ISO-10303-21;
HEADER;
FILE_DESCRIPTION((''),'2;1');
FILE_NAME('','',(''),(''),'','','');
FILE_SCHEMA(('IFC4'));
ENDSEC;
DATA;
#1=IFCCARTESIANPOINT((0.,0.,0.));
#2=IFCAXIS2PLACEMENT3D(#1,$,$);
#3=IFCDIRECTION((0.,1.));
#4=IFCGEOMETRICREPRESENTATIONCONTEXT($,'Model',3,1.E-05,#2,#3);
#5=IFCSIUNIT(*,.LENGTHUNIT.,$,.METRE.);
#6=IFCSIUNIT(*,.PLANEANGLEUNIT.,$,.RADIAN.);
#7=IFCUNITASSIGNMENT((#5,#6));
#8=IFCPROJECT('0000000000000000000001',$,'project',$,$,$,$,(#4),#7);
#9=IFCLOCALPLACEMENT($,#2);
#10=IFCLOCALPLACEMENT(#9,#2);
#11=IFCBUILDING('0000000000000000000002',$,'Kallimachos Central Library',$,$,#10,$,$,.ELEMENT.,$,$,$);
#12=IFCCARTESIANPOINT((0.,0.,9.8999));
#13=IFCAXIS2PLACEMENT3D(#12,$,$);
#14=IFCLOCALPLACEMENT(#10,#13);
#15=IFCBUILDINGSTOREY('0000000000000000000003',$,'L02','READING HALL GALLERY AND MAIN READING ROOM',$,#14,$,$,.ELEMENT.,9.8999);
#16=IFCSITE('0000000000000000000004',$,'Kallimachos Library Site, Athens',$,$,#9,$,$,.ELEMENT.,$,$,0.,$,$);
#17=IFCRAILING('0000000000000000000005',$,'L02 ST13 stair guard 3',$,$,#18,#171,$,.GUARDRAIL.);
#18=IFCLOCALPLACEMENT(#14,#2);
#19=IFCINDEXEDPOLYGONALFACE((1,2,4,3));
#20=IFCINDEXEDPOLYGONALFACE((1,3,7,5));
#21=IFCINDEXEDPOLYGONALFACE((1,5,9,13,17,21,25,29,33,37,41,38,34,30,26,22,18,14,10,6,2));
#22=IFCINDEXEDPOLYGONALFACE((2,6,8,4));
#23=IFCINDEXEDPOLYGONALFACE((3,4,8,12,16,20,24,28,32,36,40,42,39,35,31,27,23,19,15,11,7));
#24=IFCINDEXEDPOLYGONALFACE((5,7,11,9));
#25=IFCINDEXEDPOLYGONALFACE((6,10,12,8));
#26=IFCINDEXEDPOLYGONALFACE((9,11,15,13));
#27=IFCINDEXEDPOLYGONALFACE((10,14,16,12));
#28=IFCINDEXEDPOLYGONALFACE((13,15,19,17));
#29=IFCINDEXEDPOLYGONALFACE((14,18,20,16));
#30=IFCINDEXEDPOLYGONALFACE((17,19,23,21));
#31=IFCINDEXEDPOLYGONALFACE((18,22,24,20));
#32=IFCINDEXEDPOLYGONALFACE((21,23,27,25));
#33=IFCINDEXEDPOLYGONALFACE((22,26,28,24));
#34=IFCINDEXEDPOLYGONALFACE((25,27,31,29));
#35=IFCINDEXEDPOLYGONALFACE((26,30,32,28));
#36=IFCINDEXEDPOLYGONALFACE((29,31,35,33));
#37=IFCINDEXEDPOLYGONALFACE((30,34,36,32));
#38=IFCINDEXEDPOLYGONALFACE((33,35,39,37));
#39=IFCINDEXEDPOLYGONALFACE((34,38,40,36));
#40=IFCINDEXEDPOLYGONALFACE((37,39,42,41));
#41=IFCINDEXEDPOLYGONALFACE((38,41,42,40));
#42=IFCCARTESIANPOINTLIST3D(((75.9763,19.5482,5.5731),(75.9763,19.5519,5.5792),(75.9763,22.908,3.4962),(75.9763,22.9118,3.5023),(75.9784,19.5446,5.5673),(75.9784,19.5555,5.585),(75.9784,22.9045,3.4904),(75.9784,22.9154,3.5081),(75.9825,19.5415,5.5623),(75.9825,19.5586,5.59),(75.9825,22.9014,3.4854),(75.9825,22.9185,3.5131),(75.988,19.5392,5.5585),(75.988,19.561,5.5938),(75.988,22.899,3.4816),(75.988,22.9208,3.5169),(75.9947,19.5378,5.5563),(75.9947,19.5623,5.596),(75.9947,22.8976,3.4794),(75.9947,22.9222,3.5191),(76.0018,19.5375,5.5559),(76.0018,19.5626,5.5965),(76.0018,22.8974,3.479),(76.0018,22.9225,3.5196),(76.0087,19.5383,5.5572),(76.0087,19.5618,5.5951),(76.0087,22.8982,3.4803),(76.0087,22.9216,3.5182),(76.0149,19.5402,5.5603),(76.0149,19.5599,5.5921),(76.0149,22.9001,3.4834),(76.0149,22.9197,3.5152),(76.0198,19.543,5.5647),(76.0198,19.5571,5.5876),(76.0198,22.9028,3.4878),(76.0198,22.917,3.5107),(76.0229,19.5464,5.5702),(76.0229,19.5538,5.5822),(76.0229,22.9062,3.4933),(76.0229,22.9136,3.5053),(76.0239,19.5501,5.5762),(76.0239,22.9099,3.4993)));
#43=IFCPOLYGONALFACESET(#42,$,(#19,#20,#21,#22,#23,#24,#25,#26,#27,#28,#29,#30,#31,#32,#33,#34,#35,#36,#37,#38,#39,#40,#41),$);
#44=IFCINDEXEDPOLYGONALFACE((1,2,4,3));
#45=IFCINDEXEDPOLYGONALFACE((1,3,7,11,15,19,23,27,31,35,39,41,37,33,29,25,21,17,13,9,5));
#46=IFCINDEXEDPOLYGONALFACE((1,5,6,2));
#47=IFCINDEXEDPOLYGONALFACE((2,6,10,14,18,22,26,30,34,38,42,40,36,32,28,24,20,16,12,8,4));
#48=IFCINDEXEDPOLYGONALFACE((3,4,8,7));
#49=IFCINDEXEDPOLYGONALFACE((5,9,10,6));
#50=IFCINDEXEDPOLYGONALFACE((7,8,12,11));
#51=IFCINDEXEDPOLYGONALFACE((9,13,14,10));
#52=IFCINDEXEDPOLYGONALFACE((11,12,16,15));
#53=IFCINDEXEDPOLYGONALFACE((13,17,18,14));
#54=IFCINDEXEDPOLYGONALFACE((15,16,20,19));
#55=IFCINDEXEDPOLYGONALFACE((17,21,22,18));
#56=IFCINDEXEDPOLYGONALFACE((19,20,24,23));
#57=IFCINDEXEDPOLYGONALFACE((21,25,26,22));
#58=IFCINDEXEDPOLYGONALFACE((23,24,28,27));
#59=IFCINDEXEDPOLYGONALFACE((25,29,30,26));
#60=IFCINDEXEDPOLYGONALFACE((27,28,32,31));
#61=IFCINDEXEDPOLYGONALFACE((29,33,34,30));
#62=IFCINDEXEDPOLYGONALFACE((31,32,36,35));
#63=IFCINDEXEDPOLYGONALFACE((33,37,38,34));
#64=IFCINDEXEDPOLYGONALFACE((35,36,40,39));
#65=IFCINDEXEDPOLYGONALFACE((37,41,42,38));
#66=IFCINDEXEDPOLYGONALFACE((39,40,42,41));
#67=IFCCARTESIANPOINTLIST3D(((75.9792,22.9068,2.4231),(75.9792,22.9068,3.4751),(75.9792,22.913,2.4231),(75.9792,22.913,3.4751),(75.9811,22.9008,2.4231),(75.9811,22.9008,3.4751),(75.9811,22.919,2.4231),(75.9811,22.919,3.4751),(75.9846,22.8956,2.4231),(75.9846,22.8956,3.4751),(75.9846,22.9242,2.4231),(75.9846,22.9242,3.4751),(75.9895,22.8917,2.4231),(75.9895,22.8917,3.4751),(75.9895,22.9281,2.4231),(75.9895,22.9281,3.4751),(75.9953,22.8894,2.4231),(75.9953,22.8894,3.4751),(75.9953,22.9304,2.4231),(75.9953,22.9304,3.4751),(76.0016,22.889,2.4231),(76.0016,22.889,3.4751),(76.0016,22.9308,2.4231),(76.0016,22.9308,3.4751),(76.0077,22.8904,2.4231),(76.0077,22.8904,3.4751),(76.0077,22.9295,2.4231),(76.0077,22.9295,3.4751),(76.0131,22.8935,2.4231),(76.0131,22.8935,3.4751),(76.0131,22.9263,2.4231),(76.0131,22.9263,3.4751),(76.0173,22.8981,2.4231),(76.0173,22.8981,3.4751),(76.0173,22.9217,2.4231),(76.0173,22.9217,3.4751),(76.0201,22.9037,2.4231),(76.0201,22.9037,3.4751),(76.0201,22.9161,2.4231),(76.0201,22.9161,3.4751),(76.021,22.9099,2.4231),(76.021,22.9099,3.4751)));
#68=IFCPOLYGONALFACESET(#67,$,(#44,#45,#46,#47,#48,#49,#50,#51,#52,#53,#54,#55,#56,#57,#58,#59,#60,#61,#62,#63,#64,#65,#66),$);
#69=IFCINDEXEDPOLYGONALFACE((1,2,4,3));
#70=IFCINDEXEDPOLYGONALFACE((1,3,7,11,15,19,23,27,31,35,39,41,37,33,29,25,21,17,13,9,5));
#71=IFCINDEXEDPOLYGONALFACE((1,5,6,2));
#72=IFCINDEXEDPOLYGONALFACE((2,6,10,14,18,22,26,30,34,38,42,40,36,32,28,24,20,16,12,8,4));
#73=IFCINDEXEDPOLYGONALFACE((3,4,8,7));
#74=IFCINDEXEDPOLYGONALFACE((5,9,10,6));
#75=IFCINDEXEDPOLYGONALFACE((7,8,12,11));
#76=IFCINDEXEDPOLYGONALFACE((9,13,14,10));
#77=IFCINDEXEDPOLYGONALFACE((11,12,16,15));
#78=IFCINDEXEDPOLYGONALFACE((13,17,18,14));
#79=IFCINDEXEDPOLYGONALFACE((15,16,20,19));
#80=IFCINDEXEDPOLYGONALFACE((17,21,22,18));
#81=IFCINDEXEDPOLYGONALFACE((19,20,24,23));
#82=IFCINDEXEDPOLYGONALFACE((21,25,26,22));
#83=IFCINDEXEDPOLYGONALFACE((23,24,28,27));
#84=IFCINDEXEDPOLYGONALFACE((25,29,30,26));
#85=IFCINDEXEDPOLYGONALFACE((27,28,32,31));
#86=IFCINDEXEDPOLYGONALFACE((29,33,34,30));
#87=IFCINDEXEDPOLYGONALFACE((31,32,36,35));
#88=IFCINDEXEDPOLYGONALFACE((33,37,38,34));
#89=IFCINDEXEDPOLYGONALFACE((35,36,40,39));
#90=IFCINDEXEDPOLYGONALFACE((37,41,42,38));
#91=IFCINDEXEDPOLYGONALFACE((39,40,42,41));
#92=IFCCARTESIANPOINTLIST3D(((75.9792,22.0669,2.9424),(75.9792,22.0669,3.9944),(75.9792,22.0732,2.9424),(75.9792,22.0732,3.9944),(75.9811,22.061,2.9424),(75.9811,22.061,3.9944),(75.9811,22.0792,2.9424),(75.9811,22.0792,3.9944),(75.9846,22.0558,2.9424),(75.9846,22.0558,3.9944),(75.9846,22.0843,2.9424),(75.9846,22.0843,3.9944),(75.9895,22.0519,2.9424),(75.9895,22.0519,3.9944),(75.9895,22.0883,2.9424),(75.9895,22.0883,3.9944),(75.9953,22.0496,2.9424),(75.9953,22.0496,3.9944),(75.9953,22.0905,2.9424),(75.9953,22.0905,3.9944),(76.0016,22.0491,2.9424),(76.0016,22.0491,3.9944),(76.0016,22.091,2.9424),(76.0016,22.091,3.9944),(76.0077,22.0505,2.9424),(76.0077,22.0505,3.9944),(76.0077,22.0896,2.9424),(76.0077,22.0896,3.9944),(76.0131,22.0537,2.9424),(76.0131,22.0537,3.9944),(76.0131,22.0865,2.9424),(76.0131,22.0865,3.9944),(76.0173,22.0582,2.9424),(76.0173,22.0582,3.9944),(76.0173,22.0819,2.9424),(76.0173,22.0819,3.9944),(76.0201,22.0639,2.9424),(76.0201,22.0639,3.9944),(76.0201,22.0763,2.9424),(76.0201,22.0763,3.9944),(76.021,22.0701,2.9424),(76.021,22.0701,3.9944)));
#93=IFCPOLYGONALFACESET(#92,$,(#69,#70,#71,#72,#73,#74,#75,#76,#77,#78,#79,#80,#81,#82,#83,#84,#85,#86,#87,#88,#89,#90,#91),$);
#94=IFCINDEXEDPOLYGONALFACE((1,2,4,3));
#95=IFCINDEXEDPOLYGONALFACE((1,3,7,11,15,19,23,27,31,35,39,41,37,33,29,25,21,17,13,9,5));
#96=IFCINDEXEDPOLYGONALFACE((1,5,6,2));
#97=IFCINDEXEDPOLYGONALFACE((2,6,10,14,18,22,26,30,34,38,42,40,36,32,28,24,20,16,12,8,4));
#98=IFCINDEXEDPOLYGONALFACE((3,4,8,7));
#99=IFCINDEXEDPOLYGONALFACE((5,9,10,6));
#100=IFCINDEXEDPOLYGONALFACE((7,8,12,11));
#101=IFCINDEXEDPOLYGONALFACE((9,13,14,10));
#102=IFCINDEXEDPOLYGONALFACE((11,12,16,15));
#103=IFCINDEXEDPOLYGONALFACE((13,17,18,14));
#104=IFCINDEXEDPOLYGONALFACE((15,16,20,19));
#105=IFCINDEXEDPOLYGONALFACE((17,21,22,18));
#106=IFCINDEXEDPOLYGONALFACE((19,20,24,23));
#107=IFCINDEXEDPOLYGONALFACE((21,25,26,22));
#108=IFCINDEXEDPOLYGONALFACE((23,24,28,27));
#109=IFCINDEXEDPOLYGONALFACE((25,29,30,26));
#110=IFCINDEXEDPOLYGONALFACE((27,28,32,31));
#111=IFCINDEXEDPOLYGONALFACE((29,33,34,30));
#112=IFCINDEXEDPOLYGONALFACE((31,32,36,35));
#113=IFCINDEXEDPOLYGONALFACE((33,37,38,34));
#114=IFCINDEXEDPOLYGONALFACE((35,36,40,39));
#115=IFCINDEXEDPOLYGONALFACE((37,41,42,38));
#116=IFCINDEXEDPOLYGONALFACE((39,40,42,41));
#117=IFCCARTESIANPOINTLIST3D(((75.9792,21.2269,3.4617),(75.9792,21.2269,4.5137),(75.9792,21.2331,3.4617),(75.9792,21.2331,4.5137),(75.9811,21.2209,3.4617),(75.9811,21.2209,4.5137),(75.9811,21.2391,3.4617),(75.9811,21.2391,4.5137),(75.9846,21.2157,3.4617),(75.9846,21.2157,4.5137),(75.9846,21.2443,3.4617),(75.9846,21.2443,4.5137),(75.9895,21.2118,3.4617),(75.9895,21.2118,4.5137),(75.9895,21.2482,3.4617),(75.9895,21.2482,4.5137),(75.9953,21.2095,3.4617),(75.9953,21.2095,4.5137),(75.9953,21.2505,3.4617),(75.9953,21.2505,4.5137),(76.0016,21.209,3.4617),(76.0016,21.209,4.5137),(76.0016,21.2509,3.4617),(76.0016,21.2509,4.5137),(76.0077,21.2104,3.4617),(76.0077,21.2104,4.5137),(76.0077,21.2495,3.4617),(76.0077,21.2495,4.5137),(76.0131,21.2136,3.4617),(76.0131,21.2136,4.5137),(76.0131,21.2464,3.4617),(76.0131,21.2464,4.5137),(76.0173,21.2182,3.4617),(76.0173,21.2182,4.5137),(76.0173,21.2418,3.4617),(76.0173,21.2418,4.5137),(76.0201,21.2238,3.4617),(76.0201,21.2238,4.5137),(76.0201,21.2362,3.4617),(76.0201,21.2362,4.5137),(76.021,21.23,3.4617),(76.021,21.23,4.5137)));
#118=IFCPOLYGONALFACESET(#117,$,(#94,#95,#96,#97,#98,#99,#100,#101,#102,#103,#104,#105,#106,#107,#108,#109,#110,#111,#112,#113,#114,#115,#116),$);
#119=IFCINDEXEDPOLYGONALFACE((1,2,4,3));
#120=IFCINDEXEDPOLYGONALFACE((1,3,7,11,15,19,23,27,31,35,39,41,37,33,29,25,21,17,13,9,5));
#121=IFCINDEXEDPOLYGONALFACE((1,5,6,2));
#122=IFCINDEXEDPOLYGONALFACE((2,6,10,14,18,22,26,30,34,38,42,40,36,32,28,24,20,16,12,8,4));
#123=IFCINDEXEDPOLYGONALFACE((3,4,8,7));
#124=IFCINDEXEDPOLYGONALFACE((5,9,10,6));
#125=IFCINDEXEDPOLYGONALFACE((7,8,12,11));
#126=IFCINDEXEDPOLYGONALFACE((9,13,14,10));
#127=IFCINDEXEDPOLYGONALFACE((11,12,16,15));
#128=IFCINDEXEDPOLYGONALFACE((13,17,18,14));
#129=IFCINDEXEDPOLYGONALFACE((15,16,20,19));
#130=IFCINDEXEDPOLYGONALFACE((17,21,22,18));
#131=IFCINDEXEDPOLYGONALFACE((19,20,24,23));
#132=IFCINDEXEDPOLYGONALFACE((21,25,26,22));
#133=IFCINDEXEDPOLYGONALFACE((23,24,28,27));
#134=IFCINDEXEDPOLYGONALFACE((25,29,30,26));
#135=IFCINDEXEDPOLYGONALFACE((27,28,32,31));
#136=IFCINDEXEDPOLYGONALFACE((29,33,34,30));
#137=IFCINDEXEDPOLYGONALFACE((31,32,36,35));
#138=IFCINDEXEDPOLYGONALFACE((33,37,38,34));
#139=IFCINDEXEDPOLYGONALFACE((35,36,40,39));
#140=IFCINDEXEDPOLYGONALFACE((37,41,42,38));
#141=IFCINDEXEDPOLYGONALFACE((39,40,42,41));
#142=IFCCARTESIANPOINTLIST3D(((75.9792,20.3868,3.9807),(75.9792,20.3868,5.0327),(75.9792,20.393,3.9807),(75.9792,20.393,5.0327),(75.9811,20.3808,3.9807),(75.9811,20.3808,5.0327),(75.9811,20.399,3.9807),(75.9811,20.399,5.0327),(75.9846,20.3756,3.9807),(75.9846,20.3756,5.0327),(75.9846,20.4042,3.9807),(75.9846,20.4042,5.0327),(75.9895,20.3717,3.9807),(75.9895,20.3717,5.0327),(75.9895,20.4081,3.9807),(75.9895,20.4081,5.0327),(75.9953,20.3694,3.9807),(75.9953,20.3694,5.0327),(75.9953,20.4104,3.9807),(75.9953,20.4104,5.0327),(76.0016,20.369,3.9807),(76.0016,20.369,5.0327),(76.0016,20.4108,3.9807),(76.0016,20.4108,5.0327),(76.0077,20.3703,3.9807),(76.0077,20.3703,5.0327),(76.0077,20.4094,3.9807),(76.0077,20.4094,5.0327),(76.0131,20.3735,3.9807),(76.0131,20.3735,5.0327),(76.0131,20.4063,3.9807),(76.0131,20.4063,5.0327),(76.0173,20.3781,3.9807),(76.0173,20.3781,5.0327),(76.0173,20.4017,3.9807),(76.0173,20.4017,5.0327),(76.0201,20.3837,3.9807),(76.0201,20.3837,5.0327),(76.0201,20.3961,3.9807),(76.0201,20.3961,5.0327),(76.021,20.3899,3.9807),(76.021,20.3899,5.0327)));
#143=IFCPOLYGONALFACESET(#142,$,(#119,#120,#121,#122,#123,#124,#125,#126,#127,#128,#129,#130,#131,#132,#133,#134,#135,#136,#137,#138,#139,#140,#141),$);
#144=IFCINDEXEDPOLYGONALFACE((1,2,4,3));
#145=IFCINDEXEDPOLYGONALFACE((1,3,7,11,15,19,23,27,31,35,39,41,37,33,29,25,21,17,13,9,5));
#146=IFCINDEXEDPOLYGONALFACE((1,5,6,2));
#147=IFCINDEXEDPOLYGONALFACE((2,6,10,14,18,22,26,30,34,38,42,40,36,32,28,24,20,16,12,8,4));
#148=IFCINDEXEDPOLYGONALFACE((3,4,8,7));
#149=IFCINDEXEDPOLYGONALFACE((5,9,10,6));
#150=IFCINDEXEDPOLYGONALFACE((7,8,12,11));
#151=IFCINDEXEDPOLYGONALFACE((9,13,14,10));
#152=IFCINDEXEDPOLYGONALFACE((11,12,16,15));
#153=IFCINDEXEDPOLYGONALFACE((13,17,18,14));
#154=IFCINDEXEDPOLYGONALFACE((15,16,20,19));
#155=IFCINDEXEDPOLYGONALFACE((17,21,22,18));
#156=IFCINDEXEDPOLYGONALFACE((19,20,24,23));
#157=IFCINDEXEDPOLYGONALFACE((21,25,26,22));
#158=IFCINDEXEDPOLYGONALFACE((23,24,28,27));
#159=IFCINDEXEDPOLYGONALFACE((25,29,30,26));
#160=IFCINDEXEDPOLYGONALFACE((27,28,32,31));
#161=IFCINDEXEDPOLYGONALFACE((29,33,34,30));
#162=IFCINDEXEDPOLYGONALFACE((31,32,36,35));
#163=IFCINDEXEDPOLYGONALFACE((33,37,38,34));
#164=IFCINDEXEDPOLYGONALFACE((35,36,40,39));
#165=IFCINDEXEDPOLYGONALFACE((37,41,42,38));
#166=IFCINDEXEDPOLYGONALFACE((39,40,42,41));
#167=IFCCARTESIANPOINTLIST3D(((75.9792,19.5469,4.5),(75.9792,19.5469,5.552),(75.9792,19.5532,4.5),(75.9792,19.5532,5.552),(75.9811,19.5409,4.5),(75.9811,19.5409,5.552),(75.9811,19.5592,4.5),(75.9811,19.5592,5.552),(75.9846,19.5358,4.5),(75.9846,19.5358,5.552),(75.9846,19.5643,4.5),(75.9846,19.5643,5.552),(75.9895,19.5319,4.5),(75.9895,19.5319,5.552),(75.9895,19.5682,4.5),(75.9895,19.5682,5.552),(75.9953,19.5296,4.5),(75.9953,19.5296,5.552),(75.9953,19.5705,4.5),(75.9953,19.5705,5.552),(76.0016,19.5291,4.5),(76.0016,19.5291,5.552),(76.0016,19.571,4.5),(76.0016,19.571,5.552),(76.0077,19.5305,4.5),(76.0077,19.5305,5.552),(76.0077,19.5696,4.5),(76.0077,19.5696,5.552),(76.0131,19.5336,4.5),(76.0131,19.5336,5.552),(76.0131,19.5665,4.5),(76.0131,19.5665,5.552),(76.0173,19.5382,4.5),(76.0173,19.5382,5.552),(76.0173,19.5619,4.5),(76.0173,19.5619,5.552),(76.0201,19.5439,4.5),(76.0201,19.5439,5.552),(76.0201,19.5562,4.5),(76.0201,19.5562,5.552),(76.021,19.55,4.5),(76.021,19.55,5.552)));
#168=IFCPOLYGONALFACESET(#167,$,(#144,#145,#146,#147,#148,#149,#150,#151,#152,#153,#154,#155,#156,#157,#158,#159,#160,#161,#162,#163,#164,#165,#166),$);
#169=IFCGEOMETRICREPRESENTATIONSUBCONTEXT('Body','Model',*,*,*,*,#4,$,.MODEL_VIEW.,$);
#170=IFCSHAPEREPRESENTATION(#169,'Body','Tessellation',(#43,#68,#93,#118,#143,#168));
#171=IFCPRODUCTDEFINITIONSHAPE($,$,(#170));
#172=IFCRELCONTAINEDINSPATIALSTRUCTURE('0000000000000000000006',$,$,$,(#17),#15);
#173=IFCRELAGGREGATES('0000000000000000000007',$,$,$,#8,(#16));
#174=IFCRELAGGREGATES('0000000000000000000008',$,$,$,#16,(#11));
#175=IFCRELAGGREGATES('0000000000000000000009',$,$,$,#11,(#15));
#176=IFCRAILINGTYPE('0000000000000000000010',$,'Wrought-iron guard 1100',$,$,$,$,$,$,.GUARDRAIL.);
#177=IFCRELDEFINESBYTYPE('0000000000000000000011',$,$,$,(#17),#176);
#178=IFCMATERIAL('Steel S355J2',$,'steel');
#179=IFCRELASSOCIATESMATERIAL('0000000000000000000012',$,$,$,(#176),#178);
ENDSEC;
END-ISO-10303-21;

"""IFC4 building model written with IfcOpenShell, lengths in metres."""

from ifc_helpers import new_model, si_unit, direction, frame, origin, origin_2d, place, context, subcontext, project, spatial, circle, extrude, material, type_object, element, save


model = new_model("IFC4")

# Units and contexts
model_context = context("Model", 3, precision=1e-05, world=origin(), true_north=direction((0.0, 1.0)))
body_context = subcontext(model_context, "Body", "Model", "MODEL_VIEW")
ifc_project = project(units=[si_unit("LENGTHUNIT", "METRE"), si_unit("PLANEANGLEUNIT", "RADIAN")], contexts=[model_context])

# Site, building, storey
site_placement = place(None, origin())
site = spatial("IfcSite", under=ifc_project, at=site_placement, Name="Kallimachos Library Site, Athens", CompositionType="ELEMENT", RefElevation=0.0)
building_placement = place(site_placement, origin())
building = spatial("IfcBuilding", under=site, at=building_placement, Name="Kallimachos Central Library", CompositionType="ELEMENT")
storey_placement = place(building_placement, frame((0.0, 0.0, 9.8999)))
storey = spatial("IfcBuildingStorey", under=building, at=storey_placement, Name="L02", Description="READING HALL GALLERY AND MAIN READING ROOM", CompositionType="ELEMENT", Elevation=9.8999)

# Railing
ifc_material_1 = material(Name="Steel S355J2", Category="steel")
railing_type_1 = type_object("IfcRailingType", Name="Wrought-iron guard 1100", PredefinedType="GUARDRAIL", material=ifc_material_1)
railing_1_placement = place(storey_placement, frame((76.0, 22.9099, 2.4231)))
element("IfcRailing", 1, at=railing_1_placement, inside=storey, type_object=railing_type_1, Name="L02 ST13 stair guard 3", PredefinedType="GUARDRAIL", context=body_context, shape_type="SweptSolid", body=[
    extrude(circle(Radius=0.0239, at=origin_2d()), frame((0.0, 0.0, 1.0762), z_axis=(0.0, -0.850606, 0.525803), x_axis=(1.0, 0.0, 0.0)), (0.0, 0.0, 1.0), 3.95),
    extrude(circle(Radius=0.021, at=origin_2d()), origin(), (0.0, 0.0, 1.0), 1.052),
    extrude(circle(Radius=0.021, at=origin_2d()), frame((0.0, -0.8398, 0.5193)), (0.0, 0.0, 1.0), 1.052),
    extrude(circle(Radius=0.021, at=origin_2d()), frame((0.0, -1.6799, 1.0386)), (0.0, 0.0, 1.0), 1.052),
    extrude(circle(Radius=0.021, at=origin_2d()), frame((0.0, -2.52, 1.5576)), (0.0, 0.0, 1.0), 1.052),
    extrude(circle(Radius=0.021, at=origin_2d()), frame((0.0, -3.3599, 2.0769)), (0.0, 0.0, 1.0), 1.052),
])

save(model, "model.ifc")
